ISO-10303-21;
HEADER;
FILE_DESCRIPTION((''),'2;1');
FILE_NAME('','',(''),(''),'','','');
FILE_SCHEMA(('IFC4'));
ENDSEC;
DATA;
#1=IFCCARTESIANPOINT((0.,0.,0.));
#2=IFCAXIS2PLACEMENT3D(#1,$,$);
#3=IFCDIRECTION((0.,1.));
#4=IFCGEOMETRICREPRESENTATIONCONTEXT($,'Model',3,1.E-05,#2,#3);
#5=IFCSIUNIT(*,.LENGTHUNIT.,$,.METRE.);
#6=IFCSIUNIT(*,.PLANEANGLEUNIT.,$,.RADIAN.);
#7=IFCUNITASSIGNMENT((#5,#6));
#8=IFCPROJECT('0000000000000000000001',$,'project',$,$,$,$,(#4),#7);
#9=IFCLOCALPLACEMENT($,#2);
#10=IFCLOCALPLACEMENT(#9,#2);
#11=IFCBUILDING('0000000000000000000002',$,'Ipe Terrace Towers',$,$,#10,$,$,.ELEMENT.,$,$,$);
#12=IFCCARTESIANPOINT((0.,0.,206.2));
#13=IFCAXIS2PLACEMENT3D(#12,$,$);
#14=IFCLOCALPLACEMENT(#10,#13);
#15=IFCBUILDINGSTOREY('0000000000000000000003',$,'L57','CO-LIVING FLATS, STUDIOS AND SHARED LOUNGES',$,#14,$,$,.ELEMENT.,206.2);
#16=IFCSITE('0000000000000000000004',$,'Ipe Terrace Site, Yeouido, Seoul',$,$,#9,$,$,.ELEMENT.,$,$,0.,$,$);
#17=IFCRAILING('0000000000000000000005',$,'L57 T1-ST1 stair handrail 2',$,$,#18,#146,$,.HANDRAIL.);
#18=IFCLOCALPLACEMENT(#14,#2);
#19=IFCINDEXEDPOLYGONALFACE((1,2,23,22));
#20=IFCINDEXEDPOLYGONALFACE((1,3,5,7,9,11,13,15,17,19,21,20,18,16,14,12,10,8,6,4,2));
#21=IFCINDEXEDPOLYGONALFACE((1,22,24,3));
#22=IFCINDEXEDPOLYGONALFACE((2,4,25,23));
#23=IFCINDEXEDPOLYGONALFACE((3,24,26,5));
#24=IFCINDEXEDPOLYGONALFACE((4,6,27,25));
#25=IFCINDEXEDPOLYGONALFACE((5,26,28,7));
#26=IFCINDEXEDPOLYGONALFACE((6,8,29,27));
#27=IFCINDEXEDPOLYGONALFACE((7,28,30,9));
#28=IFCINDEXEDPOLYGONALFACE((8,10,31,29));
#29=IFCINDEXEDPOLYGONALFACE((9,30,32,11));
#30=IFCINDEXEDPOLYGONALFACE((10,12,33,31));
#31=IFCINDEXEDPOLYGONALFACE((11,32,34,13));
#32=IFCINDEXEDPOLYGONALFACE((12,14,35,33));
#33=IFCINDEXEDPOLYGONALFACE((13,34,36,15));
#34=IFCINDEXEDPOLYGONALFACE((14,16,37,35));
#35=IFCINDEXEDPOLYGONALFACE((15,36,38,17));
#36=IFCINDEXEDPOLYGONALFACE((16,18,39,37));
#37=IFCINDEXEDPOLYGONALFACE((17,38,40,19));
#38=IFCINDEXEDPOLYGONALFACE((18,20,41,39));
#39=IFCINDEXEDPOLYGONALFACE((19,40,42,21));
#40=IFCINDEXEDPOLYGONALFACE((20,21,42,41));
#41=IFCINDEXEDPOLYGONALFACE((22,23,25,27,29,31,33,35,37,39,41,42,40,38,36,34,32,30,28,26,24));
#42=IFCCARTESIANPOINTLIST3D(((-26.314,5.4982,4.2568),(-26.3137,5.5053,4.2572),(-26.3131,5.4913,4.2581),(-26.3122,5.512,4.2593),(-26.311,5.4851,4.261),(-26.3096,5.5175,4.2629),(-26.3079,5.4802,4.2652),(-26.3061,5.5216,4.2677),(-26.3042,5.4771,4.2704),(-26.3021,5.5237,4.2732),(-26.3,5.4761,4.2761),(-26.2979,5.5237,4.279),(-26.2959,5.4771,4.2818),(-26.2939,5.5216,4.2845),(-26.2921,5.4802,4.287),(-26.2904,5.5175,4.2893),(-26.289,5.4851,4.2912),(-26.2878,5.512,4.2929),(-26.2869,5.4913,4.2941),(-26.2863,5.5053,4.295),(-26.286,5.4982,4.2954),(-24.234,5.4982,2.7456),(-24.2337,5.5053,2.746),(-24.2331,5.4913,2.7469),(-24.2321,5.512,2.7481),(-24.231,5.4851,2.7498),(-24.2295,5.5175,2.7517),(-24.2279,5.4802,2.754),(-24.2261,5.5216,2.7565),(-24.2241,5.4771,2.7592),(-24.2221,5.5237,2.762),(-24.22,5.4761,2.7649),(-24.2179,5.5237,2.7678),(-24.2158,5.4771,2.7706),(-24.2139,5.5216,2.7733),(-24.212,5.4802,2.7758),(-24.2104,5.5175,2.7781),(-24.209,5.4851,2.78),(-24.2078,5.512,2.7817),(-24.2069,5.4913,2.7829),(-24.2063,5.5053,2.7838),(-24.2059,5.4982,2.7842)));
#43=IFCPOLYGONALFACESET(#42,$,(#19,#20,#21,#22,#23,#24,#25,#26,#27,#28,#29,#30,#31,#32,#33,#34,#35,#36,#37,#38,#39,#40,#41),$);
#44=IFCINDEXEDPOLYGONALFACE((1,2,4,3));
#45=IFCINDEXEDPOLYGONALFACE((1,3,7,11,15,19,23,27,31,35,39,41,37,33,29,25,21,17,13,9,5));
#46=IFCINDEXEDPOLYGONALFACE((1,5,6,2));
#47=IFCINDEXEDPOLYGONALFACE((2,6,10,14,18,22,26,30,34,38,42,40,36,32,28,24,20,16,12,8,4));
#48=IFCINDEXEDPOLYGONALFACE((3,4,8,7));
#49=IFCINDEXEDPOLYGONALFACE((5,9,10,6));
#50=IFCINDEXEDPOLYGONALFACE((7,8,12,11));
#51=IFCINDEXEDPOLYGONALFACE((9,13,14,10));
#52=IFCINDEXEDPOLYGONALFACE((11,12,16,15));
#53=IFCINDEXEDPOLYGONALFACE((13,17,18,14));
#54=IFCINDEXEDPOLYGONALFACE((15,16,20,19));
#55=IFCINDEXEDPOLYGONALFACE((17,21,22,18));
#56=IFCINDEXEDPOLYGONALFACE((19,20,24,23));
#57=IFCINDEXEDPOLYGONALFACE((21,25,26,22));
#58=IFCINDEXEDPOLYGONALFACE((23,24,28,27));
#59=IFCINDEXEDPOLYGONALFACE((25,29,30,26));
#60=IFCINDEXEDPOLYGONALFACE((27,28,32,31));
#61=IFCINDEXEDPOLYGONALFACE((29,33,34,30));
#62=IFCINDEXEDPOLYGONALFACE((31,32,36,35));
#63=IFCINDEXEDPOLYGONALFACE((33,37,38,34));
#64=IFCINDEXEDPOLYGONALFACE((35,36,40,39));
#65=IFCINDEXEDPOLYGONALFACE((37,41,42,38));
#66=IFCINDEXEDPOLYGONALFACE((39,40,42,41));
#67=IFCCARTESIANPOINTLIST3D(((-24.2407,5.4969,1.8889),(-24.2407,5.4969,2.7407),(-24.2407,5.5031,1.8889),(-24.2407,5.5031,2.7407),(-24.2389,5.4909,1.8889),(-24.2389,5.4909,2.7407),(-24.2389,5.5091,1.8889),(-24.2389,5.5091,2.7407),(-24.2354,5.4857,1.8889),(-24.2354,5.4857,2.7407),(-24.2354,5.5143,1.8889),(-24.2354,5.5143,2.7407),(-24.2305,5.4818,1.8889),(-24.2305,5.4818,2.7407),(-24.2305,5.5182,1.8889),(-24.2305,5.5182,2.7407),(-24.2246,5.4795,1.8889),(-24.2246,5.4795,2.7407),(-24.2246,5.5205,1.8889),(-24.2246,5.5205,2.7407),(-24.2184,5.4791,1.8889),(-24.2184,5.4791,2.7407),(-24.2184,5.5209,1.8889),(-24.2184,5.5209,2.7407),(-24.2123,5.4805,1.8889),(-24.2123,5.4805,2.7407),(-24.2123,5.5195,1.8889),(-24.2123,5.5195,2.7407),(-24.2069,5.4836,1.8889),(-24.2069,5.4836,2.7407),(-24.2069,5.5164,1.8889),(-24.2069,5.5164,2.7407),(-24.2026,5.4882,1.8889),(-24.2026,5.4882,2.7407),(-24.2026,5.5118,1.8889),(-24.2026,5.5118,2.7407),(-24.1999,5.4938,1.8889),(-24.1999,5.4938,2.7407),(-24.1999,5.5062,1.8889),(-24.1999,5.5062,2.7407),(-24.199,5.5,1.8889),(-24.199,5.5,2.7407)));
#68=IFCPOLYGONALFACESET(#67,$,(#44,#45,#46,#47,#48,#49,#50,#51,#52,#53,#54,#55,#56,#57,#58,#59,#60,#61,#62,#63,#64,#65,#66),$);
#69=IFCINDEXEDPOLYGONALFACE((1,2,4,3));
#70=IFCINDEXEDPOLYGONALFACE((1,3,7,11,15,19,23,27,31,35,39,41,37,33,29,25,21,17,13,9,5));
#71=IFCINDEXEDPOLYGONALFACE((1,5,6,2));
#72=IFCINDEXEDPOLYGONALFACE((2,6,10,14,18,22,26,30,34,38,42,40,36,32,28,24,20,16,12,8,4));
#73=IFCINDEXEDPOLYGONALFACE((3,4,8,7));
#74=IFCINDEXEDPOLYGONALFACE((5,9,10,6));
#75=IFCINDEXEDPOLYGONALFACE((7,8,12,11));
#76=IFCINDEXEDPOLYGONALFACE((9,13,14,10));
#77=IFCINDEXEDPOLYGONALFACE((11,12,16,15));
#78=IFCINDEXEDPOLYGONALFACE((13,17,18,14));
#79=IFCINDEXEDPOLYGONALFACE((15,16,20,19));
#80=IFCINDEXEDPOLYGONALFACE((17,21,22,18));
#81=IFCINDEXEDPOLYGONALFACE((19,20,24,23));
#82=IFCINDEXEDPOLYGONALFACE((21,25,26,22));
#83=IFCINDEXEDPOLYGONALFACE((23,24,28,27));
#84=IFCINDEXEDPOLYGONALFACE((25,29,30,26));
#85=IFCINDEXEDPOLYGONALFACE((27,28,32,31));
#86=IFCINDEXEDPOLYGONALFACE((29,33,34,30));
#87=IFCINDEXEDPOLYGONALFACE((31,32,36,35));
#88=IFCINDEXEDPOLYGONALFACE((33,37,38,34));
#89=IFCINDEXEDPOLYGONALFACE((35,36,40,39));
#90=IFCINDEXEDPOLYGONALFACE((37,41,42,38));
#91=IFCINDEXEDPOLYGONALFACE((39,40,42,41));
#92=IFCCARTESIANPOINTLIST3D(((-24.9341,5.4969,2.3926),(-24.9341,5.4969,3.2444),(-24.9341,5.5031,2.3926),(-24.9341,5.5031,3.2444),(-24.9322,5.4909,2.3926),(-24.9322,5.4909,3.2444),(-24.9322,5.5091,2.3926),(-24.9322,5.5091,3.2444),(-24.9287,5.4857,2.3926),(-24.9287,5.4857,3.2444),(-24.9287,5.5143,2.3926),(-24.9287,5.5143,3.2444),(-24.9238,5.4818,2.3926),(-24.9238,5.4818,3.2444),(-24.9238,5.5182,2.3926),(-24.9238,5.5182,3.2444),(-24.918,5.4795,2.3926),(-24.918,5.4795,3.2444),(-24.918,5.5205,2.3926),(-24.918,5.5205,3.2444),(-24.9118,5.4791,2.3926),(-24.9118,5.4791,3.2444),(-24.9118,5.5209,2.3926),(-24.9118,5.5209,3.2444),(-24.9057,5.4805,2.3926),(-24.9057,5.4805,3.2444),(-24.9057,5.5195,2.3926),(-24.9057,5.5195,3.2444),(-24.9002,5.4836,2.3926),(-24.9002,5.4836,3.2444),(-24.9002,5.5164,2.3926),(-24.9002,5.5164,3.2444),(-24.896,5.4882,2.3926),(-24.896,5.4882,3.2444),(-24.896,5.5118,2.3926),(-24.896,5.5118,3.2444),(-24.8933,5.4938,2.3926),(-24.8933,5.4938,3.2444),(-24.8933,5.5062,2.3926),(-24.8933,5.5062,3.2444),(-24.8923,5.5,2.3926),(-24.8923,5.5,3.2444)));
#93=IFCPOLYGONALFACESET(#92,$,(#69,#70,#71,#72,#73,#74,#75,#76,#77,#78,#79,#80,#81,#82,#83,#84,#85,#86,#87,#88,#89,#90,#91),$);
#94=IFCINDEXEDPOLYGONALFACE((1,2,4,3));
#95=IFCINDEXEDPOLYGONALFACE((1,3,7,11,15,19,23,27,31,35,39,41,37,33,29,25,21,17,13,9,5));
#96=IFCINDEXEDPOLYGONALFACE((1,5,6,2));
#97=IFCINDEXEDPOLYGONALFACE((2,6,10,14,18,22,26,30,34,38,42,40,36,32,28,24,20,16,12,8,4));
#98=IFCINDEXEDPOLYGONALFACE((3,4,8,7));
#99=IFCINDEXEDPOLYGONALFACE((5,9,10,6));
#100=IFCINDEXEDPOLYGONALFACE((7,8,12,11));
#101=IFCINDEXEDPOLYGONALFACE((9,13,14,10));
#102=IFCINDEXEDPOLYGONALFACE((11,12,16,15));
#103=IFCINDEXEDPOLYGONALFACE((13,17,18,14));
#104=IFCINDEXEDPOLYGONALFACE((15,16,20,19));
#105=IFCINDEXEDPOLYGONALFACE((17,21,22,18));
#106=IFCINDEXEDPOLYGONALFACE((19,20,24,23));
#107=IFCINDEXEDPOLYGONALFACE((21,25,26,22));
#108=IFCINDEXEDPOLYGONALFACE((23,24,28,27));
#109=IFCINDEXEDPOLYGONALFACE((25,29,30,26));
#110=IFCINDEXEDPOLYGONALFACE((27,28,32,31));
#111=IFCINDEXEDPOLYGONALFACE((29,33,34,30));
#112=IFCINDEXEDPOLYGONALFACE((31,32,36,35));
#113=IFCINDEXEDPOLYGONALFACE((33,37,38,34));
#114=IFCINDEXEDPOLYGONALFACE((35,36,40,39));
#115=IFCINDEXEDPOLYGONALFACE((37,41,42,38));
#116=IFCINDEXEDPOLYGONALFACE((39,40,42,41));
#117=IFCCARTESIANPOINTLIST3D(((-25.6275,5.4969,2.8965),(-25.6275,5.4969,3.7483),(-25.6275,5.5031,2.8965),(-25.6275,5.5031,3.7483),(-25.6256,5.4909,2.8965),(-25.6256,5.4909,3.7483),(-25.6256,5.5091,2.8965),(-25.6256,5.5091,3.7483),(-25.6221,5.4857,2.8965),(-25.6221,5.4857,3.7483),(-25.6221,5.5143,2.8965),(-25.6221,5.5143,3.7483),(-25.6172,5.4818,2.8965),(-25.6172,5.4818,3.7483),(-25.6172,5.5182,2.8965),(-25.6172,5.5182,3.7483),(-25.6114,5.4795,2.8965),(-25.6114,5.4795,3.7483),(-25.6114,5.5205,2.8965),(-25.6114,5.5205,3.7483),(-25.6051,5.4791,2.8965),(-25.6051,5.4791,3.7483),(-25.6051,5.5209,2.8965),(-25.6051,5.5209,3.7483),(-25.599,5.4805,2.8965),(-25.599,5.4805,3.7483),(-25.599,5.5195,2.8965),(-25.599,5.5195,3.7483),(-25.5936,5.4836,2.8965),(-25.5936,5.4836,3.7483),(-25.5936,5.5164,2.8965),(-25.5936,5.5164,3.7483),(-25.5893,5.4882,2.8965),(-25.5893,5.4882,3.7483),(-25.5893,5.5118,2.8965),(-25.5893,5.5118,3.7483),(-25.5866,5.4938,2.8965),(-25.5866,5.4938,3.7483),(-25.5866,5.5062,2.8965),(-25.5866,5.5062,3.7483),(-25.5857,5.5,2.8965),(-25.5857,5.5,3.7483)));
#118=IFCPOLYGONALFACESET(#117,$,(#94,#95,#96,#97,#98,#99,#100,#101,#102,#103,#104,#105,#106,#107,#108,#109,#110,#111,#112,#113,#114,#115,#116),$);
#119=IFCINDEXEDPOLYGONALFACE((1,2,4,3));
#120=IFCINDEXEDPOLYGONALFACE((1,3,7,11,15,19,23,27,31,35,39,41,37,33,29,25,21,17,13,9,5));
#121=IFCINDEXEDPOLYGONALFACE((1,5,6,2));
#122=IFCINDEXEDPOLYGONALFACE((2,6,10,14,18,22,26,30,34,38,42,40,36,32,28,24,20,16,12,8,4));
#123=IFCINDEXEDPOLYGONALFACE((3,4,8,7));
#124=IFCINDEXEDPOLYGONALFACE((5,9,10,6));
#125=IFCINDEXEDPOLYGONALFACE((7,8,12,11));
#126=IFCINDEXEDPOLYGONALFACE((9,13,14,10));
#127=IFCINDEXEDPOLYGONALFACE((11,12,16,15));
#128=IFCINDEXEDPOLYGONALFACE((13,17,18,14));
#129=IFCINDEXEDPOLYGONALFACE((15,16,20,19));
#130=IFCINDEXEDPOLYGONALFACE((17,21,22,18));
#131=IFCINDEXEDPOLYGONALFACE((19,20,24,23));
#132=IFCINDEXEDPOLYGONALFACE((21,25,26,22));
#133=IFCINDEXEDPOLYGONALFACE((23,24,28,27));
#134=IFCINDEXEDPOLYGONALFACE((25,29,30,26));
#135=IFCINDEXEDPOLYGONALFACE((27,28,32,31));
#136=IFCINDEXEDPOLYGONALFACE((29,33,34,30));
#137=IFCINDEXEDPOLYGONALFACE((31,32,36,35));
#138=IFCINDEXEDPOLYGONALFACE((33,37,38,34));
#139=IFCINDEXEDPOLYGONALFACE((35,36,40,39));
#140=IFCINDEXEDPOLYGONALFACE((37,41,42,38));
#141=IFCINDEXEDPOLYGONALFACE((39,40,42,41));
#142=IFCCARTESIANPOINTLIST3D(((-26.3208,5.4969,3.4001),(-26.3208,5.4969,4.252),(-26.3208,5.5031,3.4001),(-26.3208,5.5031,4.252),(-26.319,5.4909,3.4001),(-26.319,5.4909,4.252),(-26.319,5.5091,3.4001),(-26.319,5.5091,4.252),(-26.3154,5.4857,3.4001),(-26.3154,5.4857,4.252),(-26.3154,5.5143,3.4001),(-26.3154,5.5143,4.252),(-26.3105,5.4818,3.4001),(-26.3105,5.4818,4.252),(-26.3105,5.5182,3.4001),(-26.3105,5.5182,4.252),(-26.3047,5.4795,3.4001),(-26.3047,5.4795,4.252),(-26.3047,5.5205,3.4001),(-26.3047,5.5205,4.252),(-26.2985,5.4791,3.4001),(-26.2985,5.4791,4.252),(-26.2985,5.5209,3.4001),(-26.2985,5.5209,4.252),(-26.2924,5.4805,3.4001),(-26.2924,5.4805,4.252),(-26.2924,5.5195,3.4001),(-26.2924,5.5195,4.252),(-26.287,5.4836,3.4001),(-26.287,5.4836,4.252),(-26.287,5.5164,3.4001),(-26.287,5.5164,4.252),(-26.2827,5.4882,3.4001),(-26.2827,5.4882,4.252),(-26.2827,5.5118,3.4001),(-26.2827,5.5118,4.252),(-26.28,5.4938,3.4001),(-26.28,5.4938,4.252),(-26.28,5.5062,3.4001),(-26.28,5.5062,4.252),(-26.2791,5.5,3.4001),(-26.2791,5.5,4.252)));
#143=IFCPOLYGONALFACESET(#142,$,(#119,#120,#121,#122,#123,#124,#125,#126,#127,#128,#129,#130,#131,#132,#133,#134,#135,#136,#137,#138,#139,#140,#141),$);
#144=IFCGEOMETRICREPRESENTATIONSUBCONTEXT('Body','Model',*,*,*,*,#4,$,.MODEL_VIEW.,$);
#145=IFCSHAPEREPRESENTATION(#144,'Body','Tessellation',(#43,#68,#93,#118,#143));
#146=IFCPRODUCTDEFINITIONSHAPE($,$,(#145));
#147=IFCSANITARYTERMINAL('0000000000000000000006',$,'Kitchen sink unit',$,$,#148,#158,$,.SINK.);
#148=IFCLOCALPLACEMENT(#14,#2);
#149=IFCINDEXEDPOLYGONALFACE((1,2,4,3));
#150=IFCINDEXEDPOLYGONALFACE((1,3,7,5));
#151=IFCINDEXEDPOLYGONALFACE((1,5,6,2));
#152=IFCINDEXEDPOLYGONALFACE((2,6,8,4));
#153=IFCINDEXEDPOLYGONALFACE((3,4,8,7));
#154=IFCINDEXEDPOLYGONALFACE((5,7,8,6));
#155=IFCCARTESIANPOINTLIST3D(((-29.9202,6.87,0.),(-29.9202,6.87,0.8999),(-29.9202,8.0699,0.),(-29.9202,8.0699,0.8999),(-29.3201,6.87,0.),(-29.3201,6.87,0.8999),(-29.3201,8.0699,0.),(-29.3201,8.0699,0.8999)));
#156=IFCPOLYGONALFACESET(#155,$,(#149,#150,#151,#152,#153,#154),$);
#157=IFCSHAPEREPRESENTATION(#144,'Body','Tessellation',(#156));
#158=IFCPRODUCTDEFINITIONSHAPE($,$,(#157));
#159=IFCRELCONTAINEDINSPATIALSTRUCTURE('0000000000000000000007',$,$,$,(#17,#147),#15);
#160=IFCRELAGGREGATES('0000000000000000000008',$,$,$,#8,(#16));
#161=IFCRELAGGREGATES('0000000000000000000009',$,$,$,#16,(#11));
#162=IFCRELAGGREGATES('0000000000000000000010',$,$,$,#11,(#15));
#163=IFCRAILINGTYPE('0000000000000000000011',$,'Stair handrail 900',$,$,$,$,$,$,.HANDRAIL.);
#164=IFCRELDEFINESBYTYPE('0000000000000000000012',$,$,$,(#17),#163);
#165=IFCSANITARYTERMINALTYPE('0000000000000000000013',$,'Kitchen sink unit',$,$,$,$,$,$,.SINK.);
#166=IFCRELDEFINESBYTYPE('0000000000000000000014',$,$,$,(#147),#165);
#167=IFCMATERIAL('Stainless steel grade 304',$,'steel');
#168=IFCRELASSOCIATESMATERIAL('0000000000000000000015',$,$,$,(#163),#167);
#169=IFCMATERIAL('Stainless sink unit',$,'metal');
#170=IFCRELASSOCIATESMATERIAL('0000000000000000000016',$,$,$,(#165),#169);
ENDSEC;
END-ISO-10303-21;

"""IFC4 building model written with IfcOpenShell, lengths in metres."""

from ifc_helpers import new_model, si_unit, direction, frame, origin, origin_2d, place, context, subcontext, project, spatial, rectangle, circle, extrude, material, type_object, element, save


model = new_model("IFC4")

# Units and contexts
model_context = context("Model", 3, precision=1e-05, world=origin(), true_north=direction((0.0, 1.0)))
body_context = subcontext(model_context, "Body", "Model", "MODEL_VIEW")
ifc_project = project(units=[si_unit("LENGTHUNIT", "METRE"), si_unit("PLANEANGLEUNIT", "RADIAN")], contexts=[model_context])

# Site, building, storey
site_placement = place(None, origin())
site = spatial("IfcSite", under=ifc_project, at=site_placement, Name="Ipe Terrace Site, Yeouido, Seoul", CompositionType="ELEMENT", RefElevation=0.0)
building_placement = place(site_placement, origin())
building = spatial("IfcBuilding", under=site, at=building_placement, Name="Ipe Terrace Towers", CompositionType="ELEMENT")
storey_placement = place(building_placement, frame((0.0, 0.0, 206.2)))
storey = spatial("IfcBuildingStorey", under=building, at=storey_placement, Name="L57", Description="CO-LIVING FLATS, STUDIOS AND SHARED LOUNGES", CompositionType="ELEMENT", Elevation=206.2)

# Railing
ifc_material_1 = material(Name="Stainless steel grade 304", Category="steel")
railing_type_1 = type_object("IfcRailingType", Name="Stair handrail 900", PredefinedType="HANDRAIL", material=ifc_material_1)
railing_1_placement = place(storey_placement, frame((-24.22, 5.5, 1.8889)))
element("IfcRailing", 1, at=railing_1_placement, inside=storey, type_object=railing_type_1, Name="L57 T1-ST1 stair handrail 2", PredefinedType="HANDRAIL", context=body_context, shape_type="SweptSolid", body=[
    extrude(circle(Radius=0.0239, at=origin_2d()), frame((0.0, 0.0, 0.876), z_axis=(-0.809023, 0.0, 0.587776), x_axis=(0.0, -1.0, 0.0)), (0.0, 0.0, 1.0), 2.571),
    extrude(circle(Radius=0.021, at=origin_2d()), origin(), (0.0, 0.0, 1.0), 0.8518),
    extrude(circle(Radius=0.021, at=origin_2d()), frame((-0.6934, 0.0, 0.5037)), (0.0, 0.0, 1.0), 0.8518),
    extrude(circle(Radius=0.021, at=origin_2d()), frame((-1.3867, 0.0, 1.0076)), (0.0, 0.0, 1.0), 0.8518),
    extrude(circle(Radius=0.021, at=origin_2d()), frame((-2.0801, 0.0, 1.5112)), (0.0, 0.0, 1.0), 0.8518),
])

# Sanitary terminal
ifc_material_2 = material(Name="Stainless sink unit", Category="metal")
sanitary_terminal_type = type_object("IfcSanitaryTerminalType", Name="Kitchen sink unit", PredefinedType="SINK", material=ifc_material_2)
sanitary_terminal_placement = place(storey_placement, frame((-29.6201, 7.47, 0.0), z_axis=(0.0, 0.0, 1.0), x_axis=(0.0, -1.0, 0.0)))
element("IfcSanitaryTerminal", 2, at=sanitary_terminal_placement, inside=storey, type_object=sanitary_terminal_type, Name="Kitchen sink unit", PredefinedType="SINK", context=body_context, shape_type="SweptSolid", body=[
    extrude(rectangle(XDim=1.2, YDim=0.6001, at=origin_2d()), origin(), (0.0, 0.0, 1.0), 0.8999),
])

save(model, "model.ifc")
